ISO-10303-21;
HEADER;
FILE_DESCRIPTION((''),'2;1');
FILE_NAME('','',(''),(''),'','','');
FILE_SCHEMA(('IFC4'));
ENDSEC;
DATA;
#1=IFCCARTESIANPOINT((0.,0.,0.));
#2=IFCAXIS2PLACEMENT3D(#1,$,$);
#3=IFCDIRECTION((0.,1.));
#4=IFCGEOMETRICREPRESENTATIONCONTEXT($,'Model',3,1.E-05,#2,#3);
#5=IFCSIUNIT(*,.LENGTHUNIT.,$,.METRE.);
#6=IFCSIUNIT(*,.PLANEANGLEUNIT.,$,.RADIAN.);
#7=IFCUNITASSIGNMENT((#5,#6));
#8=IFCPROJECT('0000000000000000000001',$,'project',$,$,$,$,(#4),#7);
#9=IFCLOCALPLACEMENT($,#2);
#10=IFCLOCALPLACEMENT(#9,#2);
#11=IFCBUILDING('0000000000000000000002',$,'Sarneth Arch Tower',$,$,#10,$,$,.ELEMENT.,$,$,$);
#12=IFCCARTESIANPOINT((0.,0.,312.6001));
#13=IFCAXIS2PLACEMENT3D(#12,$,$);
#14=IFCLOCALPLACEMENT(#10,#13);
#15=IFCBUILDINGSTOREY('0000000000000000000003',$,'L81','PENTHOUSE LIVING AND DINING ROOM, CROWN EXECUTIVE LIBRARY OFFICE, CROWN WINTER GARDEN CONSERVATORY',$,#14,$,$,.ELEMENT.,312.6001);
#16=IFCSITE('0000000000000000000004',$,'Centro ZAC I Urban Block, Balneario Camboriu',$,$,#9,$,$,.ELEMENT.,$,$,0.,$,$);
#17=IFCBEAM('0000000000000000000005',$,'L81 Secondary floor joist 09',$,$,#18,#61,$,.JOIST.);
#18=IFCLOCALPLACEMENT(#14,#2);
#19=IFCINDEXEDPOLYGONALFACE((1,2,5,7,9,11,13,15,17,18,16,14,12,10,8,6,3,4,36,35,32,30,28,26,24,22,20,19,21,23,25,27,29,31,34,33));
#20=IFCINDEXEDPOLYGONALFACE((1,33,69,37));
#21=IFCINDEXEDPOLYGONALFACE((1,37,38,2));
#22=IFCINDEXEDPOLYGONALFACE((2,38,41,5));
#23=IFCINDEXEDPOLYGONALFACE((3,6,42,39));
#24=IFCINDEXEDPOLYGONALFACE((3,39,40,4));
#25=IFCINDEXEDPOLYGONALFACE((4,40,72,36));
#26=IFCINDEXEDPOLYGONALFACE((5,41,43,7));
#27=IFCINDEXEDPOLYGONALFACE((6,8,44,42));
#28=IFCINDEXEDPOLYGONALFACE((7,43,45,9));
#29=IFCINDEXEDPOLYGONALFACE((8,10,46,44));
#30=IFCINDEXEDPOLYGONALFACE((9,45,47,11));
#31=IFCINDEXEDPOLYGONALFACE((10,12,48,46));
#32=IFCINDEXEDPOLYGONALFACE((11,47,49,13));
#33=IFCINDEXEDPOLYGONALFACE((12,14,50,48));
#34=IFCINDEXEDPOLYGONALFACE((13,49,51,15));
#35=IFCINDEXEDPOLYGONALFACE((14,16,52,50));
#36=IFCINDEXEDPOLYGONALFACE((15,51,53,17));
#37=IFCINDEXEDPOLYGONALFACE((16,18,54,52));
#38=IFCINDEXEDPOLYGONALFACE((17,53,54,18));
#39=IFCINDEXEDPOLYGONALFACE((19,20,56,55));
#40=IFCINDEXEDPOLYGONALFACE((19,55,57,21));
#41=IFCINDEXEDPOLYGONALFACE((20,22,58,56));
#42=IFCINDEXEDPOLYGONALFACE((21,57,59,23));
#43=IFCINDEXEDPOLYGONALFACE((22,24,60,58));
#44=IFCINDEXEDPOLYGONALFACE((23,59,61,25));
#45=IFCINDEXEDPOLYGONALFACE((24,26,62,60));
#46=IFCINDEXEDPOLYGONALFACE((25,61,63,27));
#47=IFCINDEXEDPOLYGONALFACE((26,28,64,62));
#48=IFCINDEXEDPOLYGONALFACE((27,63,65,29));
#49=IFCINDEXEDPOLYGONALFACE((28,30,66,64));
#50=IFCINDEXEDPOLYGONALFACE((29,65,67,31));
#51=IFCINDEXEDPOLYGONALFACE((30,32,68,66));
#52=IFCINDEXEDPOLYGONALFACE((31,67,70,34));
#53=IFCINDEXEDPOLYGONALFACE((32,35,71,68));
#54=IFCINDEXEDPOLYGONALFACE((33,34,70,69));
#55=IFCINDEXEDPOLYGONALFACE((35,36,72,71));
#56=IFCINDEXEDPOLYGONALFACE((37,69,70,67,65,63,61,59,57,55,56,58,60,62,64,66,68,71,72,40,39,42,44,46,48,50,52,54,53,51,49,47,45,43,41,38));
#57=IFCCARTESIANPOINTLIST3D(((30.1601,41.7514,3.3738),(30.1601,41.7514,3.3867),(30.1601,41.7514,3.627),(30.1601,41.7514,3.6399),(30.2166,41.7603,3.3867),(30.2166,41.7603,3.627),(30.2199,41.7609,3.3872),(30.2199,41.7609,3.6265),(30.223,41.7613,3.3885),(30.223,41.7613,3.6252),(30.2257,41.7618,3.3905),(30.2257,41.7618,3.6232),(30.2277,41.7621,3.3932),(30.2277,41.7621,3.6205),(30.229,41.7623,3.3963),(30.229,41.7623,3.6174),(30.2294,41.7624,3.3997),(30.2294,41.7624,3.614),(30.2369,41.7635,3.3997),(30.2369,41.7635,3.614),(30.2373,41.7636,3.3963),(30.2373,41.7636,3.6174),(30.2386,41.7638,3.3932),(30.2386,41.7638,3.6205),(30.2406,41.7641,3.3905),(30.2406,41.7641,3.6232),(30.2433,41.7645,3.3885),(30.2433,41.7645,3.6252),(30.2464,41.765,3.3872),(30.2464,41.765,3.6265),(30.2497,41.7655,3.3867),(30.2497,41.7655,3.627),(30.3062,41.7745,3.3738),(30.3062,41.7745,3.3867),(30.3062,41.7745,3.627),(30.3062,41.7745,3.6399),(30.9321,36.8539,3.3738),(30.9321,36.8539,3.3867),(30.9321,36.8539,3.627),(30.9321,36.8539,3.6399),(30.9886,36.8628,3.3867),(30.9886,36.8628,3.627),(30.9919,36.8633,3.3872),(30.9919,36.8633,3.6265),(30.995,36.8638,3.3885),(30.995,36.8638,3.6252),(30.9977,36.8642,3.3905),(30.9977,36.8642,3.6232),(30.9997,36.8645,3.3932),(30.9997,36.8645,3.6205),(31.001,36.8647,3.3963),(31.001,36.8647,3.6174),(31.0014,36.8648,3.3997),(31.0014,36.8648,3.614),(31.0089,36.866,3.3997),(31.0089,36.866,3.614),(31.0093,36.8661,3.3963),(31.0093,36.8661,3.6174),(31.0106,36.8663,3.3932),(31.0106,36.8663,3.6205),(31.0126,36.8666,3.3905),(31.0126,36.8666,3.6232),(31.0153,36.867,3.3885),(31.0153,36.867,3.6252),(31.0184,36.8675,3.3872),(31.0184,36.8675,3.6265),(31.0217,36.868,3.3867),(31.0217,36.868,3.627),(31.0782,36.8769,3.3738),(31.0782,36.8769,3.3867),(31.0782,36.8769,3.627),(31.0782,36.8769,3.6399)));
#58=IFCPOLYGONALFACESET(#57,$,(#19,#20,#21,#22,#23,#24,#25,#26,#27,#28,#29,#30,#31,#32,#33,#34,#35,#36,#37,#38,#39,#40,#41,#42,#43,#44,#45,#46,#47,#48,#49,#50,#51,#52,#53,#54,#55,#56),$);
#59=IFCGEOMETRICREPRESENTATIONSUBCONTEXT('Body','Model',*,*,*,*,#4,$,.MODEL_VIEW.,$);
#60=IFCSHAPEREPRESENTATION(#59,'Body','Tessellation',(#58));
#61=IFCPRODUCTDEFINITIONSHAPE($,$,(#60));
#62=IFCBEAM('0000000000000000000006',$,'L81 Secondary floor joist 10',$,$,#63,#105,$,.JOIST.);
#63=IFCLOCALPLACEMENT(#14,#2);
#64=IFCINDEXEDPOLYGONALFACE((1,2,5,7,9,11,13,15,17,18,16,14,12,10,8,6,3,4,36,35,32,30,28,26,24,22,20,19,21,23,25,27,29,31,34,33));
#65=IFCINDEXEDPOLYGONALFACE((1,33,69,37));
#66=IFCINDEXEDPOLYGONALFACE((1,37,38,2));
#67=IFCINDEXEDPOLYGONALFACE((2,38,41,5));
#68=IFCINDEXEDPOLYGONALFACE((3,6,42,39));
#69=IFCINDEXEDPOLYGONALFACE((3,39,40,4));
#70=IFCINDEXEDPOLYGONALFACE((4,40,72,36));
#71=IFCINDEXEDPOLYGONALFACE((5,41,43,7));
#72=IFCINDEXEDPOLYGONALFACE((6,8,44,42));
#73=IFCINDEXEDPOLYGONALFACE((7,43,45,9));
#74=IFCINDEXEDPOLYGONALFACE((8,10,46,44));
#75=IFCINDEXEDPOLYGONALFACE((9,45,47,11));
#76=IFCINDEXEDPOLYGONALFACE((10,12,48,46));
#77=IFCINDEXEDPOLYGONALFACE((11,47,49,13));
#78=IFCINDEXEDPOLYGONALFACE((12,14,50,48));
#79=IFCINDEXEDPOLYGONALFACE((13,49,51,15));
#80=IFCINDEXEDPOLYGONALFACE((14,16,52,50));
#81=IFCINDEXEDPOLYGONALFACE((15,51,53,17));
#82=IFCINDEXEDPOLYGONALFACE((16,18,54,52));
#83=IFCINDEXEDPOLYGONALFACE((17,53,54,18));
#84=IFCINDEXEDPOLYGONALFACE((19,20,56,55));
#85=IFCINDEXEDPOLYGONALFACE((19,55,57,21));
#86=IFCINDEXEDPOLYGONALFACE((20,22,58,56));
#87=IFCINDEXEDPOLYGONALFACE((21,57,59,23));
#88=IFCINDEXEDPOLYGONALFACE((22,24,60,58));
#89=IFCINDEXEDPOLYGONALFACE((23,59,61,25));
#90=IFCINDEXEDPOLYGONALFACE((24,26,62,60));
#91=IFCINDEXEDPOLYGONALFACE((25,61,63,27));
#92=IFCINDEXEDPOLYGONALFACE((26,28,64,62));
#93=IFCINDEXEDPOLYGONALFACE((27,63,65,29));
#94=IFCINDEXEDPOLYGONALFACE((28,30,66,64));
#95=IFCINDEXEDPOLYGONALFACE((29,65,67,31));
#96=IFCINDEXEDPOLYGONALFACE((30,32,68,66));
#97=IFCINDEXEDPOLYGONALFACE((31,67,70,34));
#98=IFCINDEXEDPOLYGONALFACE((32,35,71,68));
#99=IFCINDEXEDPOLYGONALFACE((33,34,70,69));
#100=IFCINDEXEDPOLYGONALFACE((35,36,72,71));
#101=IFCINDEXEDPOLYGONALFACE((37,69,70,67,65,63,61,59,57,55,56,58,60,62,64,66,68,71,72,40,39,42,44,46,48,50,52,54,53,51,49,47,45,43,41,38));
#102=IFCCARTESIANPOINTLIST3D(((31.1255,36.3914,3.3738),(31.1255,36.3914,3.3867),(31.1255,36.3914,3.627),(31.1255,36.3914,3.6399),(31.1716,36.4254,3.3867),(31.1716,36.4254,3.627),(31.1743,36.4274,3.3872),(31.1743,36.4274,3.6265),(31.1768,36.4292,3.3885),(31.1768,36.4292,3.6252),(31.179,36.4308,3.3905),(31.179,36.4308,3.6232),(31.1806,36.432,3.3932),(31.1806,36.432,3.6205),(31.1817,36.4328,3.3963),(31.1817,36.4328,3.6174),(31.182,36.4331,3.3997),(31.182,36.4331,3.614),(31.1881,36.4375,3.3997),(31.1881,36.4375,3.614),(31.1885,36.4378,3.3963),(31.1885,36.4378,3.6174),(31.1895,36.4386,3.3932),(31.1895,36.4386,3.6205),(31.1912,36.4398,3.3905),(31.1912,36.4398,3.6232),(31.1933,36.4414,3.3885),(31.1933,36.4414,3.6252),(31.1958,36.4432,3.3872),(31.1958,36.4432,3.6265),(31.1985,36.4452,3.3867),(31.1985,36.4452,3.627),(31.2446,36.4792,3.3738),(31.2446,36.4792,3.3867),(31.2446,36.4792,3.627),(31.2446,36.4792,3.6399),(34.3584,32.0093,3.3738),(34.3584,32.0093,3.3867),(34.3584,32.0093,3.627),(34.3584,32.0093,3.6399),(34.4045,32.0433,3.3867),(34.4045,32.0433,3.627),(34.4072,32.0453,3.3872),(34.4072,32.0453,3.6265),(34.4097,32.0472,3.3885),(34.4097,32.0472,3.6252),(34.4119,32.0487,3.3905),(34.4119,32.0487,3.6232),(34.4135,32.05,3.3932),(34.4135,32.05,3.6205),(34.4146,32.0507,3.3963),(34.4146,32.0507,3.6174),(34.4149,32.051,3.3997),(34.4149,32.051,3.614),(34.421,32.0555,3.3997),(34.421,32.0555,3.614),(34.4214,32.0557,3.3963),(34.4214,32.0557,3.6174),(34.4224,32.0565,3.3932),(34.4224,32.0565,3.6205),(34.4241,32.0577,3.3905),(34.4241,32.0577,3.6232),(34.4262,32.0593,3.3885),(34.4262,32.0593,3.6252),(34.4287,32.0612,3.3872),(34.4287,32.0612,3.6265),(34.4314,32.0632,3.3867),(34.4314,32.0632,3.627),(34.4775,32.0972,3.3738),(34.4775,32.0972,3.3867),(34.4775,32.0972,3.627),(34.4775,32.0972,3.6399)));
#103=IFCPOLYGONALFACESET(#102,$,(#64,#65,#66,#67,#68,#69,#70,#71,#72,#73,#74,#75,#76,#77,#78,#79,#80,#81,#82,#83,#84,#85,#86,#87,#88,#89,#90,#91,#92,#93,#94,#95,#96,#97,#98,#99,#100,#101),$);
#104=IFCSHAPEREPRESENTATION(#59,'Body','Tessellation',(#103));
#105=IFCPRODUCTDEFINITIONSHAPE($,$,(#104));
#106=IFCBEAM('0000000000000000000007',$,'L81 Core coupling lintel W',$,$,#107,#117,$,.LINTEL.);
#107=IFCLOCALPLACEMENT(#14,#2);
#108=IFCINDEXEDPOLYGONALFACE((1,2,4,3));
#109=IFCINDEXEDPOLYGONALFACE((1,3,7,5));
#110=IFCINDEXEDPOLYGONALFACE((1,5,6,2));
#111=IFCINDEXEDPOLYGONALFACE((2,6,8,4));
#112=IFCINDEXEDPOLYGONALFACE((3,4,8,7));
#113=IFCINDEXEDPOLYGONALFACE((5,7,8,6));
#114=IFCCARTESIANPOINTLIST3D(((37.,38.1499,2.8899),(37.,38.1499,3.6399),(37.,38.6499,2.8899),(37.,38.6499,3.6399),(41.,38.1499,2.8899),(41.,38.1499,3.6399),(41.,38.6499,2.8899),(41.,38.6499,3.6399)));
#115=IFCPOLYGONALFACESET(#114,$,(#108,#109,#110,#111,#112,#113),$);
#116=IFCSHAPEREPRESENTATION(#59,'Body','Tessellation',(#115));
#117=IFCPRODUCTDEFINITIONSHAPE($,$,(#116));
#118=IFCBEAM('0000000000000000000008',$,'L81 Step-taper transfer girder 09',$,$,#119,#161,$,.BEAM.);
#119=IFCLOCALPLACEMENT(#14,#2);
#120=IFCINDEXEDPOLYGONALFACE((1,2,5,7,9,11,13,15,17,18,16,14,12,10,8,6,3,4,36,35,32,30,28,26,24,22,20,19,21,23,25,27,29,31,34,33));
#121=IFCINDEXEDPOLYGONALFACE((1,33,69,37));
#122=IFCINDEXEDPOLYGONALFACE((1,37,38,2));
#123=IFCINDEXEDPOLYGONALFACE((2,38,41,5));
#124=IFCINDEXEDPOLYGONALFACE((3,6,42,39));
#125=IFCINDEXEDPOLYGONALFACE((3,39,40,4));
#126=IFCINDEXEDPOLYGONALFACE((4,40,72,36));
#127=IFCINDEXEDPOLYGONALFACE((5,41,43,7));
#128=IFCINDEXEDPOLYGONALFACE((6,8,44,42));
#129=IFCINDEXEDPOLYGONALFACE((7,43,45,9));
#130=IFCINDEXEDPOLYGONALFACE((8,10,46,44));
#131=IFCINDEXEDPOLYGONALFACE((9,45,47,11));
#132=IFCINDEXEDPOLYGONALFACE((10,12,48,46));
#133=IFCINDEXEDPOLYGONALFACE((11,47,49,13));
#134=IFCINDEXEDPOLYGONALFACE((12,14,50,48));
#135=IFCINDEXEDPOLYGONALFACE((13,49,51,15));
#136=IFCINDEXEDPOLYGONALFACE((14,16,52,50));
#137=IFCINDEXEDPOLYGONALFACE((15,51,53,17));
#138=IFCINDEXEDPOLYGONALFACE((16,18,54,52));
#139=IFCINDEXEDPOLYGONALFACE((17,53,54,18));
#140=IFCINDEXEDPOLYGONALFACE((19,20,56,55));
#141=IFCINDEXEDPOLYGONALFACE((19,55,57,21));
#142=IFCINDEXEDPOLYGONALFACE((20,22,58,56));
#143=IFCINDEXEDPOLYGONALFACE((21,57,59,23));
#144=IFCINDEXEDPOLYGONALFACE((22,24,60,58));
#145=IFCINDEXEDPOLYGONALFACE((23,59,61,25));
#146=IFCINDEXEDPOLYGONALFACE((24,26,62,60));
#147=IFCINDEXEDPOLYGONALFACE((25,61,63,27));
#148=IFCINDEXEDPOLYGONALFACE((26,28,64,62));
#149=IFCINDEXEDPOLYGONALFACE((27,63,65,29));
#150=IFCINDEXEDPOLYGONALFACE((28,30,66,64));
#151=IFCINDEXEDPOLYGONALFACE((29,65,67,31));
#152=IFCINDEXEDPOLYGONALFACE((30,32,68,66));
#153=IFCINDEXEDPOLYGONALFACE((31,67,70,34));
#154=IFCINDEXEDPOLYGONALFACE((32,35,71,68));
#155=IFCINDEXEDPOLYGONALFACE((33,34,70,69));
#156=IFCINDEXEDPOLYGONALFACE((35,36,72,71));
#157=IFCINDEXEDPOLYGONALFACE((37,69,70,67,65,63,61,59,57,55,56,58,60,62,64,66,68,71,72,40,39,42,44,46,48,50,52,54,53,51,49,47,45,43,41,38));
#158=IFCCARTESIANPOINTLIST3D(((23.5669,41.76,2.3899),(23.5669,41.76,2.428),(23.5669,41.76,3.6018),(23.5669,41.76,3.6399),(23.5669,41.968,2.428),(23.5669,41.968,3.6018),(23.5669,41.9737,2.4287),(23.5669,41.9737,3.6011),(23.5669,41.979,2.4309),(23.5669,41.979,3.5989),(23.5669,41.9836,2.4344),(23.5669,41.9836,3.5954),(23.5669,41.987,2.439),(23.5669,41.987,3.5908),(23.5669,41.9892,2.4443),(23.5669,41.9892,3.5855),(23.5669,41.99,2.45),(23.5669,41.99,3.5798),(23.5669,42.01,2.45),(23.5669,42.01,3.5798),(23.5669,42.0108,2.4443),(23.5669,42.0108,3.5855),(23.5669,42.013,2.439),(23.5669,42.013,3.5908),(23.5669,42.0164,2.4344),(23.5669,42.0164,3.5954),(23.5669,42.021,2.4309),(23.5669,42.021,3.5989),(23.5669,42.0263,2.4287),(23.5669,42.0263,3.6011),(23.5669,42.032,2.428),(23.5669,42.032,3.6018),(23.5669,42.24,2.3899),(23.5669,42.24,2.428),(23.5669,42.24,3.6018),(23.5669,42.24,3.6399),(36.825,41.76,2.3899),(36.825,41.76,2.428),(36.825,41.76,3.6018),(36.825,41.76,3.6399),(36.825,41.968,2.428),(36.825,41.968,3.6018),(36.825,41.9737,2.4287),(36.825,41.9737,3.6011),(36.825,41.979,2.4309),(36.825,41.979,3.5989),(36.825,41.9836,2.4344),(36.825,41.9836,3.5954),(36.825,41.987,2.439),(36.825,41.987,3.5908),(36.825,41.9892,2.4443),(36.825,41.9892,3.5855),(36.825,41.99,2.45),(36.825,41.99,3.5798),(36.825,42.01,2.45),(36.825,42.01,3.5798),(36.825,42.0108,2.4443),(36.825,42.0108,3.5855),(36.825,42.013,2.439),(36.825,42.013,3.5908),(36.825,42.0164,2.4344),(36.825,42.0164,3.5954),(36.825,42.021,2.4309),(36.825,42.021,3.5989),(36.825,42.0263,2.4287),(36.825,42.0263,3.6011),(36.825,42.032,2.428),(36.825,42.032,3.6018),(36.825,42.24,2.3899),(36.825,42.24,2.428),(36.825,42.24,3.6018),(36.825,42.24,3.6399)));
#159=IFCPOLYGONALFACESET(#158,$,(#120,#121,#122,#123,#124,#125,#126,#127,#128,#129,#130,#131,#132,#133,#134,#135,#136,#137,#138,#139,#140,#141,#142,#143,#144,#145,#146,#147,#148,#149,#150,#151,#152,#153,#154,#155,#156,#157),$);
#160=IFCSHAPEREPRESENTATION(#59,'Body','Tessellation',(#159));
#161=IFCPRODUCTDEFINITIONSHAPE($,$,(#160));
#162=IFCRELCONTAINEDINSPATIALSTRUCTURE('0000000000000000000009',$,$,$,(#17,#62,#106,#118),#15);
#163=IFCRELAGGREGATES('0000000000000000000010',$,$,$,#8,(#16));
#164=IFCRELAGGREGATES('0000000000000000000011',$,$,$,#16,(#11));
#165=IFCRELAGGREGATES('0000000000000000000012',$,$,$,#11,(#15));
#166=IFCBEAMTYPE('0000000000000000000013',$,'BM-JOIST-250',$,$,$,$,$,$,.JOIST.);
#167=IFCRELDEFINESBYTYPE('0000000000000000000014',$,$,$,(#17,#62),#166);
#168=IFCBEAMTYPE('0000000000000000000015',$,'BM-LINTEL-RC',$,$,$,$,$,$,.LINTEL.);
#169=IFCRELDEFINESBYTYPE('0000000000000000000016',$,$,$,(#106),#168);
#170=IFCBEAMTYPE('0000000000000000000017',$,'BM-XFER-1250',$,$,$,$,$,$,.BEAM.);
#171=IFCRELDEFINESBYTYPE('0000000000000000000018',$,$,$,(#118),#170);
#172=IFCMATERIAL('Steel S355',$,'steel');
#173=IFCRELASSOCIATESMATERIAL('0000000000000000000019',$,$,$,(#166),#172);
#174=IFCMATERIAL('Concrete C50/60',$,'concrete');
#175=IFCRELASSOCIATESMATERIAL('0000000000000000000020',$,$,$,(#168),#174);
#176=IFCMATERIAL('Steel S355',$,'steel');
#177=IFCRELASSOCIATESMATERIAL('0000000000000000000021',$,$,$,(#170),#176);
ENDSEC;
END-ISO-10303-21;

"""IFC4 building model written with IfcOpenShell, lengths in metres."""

from ifc_helpers import new_model, si_unit, direction, frame, origin, origin_2d, place, context, subcontext, project, spatial, rectangle, i_section, extrude, material, material_profile, profile_set, type_object, element, save


model = new_model("IFC4")

# Units and contexts
model_context = context("Model", 3, precision=1e-05, world=origin(), true_north=direction((0.0, 1.0)))
body_context = subcontext(model_context, "Body", "Model", "MODEL_VIEW")
ifc_project = project(units=[si_unit("LENGTHUNIT", "METRE"), si_unit("PLANEANGLEUNIT", "RADIAN")], contexts=[model_context])

# Site, building, storey
site_placement = place(None, origin())
site = spatial("IfcSite", under=ifc_project, at=site_placement, Name="Centro ZAC I Urban Block, Balneario Camboriu", CompositionType="ELEMENT", RefElevation=0.0)
building_placement = place(site_placement, origin())
building = spatial("IfcBuilding", under=site, at=building_placement, Name="Sarneth Arch Tower", CompositionType="ELEMENT")
storey_placement = place(building_placement, frame((0.0, 0.0, 312.6001)))
storey = spatial("IfcBuildingStorey", under=building, at=storey_placement, Name="L81", Description="PENTHOUSE LIVING AND DINING ROOM, CROWN EXECUTIVE LIBRARY OFFICE, CROWN WINTER GARDEN CONSERVATORY", CompositionType="ELEMENT", Elevation=312.6001)

# Beams
ifc_material_1 = material(Name="Steel S355", Category="steel")
ifc_material_profile_1 = material_profile(ifc_material_1, i_section(OverallWidth=0.1479, OverallDepth=0.2661, WebThickness=0.0076, FlangeThickness=0.0129, FilletRadius=0.0129, at=origin_2d()), Name="W250x44.8")
ifc_profile_set_1 = profile_set([ifc_material_profile_1], Name="Steel S355")
beam_type_1 = type_object("IfcBeamType", Name="BM-JOIST-250", PredefinedType="JOIST", material=ifc_profile_set_1)
beam_1_placement = place(storey_placement, frame((30.2332, 41.7629, 3.5068), z_axis=(0.155705, -0.987804, 0.0), x_axis=(0.987804, 0.155705, 0.0)))
element("IfcBeam", 1, at=beam_1_placement, inside=storey, type_object=beam_type_1, Name="L81 Secondary floor joist 09", PredefinedType="JOIST", context=body_context, shape_type="SweptSolid", body=[
    extrude(i_section(OverallWidth=0.1479, OverallDepth=0.2661, WebThickness=0.0076, FlangeThickness=0.0129, FilletRadius=0.0129, at=origin_2d()), origin(), (0.0, 0.0, 1.0), 4.958),
])
beam_2_placement = place(storey_placement, frame((31.1851, 36.4353, 3.5068), z_axis=(0.593676, -0.804704, 0.0), x_axis=(0.804704, 0.593676, 0.0)))
element("IfcBeam", 2, at=beam_2_placement, inside=storey, type_object=beam_type_1, Name="L81 Secondary floor joist 10", PredefinedType="JOIST", context=body_context, shape_type="SweptSolid", body=[
    extrude(i_section(OverallWidth=0.1479, OverallDepth=0.2661, WebThickness=0.0076, FlangeThickness=0.0129, FilletRadius=0.0129, at=origin_2d()), origin(), (0.0, 0.0, 1.0), 5.4456),
])
ifc_material_2 = material(Name="Concrete C50/60", Category="concrete")
ifc_material_profile_2 = material_profile(ifc_material_2, rectangle(XDim=0.5, YDim=0.75, at=origin_2d()), Name="RC-500x750")
ifc_profile_set_2 = profile_set([ifc_material_profile_2], Name="Concrete C50/60")
beam_type_2 = type_object("IfcBeamType", Name="BM-LINTEL-RC", PredefinedType="LINTEL", material=ifc_profile_set_2)
beam_3_placement = place(storey_placement, frame((37.0, 38.3999, 3.2649), z_axis=(1.0, 0.0, 0.0), x_axis=(0.0, 1.0, 0.0)))
element("IfcBeam", 3, at=beam_3_placement, inside=storey, type_object=beam_type_2, Name="L81 Core coupling lintel W", PredefinedType="LINTEL", context=body_context, shape_type="SweptSolid", body=[
    extrude(rectangle(XDim=0.5, YDim=0.75, at=origin_2d()), origin(), (0.0, 0.0, 1.0), 4.0),
])
ifc_material_3 = material(Name="Steel S355", Category="steel")
ifc_material_profile_3 = material_profile(ifc_material_3, i_section(OverallWidth=0.48, OverallDepth=1.25, WebThickness=0.02, FlangeThickness=0.0381, FilletRadius=0.022, at=origin_2d()), Name="CVS1250x520")
ifc_profile_set_3 = profile_set([ifc_material_profile_3], Name="Steel S355")
beam_type_3 = type_object("IfcBeamType", Name="BM-XFER-1250", PredefinedType="BEAM", material=ifc_profile_set_3)
beam_4_placement = place(storey_placement, frame((36.825, 42.0, 3.0149), z_axis=(-1.0, 0.0, 0.0), x_axis=(0.0, -1.0, 0.0)))
element("IfcBeam", 4, at=beam_4_placement, inside=storey, type_object=beam_type_3, Name="L81 Step-taper transfer girder 09", PredefinedType="BEAM", context=body_context, shape_type="SweptSolid", body=[
    extrude(i_section(OverallWidth=0.48, OverallDepth=1.25, WebThickness=0.02, FlangeThickness=0.0381, FilletRadius=0.022, at=origin_2d()), origin(), (0.0, 0.0, 1.0), 13.2581),
])

save(model, "model.ifc")
